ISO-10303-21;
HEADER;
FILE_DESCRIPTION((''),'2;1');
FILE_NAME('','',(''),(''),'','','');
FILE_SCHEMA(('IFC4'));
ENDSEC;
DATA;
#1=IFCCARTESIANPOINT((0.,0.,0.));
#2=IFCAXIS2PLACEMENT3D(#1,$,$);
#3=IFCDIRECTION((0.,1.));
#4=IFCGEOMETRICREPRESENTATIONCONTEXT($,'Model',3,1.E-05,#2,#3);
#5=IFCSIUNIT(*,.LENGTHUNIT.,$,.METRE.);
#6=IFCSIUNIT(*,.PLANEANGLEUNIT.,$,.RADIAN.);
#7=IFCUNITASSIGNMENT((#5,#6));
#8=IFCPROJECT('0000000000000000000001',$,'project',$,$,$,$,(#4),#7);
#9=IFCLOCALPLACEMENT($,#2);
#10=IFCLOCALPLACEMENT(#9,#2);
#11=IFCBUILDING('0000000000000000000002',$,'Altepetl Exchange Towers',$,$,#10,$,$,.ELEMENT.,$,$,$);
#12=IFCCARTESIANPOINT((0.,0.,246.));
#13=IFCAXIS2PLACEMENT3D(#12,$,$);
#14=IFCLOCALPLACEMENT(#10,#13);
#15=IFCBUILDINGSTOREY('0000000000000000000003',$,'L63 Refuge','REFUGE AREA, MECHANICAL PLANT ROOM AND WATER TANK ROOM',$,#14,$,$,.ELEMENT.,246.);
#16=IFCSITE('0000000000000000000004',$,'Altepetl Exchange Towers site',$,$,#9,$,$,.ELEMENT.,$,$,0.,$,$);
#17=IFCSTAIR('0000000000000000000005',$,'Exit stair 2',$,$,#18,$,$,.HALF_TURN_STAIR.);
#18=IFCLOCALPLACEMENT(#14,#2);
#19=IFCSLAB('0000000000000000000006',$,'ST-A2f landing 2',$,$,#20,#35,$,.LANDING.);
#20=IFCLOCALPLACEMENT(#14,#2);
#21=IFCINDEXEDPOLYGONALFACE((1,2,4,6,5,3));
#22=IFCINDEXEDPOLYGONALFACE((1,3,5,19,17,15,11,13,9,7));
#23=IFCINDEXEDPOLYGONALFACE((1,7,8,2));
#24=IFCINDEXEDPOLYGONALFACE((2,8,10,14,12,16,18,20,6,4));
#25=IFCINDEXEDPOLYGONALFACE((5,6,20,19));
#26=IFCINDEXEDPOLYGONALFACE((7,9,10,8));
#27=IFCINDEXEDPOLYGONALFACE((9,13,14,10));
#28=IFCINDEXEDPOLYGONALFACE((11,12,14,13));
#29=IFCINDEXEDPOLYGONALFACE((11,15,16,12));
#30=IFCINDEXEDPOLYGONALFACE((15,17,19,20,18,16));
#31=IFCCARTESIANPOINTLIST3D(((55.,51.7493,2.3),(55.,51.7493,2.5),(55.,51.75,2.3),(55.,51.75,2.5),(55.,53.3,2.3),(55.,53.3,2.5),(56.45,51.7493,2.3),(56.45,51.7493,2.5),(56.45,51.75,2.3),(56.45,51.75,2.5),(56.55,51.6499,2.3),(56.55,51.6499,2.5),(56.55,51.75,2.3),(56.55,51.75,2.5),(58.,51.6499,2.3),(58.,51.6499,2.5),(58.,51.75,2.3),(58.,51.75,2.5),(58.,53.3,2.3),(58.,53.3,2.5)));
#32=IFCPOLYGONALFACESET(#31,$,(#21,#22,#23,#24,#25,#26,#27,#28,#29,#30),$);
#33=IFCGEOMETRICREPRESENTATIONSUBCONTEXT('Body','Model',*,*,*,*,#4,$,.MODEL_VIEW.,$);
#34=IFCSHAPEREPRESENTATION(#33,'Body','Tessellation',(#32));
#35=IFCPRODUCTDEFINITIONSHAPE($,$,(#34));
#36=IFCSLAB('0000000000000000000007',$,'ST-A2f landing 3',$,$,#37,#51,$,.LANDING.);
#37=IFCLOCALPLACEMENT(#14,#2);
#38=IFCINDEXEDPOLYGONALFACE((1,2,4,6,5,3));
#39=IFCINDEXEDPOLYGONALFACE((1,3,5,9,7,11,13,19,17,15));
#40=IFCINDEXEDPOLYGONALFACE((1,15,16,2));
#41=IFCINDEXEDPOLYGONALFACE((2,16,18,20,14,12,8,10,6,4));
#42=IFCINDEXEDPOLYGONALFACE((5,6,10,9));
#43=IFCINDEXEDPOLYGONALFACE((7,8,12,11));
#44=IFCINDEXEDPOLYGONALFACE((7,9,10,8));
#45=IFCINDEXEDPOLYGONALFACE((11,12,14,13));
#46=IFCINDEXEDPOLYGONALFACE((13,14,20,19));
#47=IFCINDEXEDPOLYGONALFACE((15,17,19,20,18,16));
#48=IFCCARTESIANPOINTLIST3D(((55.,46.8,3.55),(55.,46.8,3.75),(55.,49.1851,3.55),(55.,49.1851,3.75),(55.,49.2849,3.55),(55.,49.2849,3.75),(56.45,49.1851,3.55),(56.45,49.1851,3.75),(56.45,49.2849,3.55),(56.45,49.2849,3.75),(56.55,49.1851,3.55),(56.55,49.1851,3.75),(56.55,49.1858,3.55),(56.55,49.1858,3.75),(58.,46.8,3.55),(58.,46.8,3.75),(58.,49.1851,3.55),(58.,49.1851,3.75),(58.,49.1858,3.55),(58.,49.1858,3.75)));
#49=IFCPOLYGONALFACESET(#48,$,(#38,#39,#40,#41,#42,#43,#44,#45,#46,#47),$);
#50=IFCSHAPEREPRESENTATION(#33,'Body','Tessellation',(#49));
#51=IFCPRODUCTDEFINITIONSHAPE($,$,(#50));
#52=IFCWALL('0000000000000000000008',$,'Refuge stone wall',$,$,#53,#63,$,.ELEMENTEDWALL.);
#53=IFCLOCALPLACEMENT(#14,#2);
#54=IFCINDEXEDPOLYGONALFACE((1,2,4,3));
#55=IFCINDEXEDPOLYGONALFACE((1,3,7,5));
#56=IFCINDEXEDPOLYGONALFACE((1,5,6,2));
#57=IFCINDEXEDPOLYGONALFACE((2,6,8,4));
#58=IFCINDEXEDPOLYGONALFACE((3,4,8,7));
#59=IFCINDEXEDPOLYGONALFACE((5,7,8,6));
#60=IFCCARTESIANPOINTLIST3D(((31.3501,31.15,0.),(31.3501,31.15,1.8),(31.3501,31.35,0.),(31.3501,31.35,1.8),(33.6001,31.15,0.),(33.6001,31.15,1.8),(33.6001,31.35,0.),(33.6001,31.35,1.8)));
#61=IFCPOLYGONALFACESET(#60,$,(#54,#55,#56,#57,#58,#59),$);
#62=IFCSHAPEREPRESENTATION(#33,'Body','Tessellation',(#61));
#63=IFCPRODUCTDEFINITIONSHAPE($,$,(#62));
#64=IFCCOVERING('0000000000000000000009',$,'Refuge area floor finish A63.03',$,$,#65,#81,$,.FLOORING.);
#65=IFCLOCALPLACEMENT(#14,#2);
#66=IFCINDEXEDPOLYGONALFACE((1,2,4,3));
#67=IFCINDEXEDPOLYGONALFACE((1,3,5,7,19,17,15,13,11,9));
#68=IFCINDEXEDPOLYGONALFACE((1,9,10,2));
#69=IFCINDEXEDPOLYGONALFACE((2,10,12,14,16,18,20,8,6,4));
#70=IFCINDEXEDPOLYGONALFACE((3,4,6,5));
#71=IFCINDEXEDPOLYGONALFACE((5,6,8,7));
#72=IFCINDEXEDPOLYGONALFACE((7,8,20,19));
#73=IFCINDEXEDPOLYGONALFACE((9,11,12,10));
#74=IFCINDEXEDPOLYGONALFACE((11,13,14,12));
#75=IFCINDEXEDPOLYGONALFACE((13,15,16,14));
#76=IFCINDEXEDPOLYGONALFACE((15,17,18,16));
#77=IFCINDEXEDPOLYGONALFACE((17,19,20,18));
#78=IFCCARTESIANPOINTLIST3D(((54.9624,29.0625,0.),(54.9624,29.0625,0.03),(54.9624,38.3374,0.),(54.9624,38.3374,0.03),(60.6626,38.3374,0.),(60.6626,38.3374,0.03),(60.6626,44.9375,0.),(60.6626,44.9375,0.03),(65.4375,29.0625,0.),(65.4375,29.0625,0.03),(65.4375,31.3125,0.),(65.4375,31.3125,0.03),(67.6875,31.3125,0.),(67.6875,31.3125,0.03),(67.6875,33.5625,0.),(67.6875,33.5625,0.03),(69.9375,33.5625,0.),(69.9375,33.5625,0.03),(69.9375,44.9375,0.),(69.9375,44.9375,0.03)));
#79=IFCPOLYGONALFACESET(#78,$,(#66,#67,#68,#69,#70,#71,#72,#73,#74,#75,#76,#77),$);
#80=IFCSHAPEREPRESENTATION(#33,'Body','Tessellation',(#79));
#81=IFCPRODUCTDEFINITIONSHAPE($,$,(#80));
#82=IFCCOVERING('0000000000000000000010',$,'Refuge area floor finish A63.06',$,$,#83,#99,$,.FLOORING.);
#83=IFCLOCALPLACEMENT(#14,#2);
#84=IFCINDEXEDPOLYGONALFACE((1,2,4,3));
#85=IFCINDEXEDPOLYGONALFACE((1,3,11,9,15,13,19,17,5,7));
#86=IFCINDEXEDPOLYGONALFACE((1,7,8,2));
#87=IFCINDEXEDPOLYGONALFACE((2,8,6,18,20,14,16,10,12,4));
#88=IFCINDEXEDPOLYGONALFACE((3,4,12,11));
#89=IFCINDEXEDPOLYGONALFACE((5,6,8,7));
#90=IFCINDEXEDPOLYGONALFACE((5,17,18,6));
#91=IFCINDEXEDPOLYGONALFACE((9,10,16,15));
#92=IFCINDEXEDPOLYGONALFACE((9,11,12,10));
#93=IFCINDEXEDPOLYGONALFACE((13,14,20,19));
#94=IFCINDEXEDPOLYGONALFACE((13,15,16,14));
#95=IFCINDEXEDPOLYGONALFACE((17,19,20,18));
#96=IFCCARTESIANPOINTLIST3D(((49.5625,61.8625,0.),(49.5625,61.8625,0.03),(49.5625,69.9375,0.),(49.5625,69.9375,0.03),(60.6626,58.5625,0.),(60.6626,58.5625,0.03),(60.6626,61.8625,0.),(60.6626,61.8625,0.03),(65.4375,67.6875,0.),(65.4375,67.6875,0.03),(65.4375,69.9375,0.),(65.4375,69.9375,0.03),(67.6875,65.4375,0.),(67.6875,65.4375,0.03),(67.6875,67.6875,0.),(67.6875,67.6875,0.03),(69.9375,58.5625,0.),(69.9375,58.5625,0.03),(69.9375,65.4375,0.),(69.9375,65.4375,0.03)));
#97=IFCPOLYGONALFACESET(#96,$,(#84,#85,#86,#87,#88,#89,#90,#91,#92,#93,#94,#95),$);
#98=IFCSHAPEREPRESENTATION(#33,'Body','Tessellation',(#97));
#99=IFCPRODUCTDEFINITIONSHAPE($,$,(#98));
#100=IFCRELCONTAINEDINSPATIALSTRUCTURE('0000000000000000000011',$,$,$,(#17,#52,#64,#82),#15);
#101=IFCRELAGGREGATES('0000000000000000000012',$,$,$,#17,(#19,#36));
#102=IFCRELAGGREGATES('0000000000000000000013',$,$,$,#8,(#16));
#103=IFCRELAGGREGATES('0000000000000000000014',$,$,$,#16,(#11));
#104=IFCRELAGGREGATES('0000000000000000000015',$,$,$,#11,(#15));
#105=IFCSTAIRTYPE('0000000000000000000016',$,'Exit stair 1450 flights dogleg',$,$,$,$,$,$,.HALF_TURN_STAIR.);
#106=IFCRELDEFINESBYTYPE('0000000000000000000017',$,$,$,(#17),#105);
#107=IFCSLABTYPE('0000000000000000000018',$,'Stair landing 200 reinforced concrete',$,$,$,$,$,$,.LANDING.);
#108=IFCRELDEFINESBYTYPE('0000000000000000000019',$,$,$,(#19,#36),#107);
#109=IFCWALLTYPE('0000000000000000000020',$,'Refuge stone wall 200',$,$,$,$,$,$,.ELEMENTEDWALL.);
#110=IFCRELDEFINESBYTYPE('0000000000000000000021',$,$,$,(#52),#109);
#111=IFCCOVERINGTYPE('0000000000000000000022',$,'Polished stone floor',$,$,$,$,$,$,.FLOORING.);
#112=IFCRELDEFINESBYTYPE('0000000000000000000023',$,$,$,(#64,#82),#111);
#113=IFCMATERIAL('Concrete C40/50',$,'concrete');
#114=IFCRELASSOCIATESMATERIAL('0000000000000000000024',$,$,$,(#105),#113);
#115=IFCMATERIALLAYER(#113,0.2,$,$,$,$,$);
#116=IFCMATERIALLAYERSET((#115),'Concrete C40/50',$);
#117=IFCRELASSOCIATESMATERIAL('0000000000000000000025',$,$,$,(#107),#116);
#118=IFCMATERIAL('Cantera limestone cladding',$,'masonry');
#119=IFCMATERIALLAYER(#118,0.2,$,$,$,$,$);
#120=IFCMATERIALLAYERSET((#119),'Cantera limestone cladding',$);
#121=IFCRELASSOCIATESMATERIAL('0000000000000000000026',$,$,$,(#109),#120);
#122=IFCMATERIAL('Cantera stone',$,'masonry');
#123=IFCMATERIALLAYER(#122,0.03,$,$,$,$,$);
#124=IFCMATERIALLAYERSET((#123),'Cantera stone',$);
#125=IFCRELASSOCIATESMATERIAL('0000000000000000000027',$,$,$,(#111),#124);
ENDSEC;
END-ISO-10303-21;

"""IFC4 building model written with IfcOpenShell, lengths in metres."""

from ifc_helpers import new_model, si_unit, direction, frame, frame_2d, origin, place, context, subcontext, project, spatial, polyline, rectangle, outline, extrude, material, layer, layer_set, type_object, element, aggregate, save


model = new_model("IFC4")

# Units and contexts
model_context = context("Model", 3, precision=1e-05, world=origin(), true_north=direction((0.0, 1.0)))
body_context = subcontext(model_context, "Body", "Model", "MODEL_VIEW")
ifc_project = project(units=[si_unit("LENGTHUNIT", "METRE"), si_unit("PLANEANGLEUNIT", "RADIAN")], contexts=[model_context])

# Site, building, storey
site_placement = place(None, origin())
site = spatial("IfcSite", under=ifc_project, at=site_placement, Name="Altepetl Exchange Towers site", CompositionType="ELEMENT", RefElevation=0.0)
building_placement = place(site_placement, origin())
building = spatial("IfcBuilding", under=site, at=building_placement, Name="Altepetl Exchange Towers", CompositionType="ELEMENT")
storey_placement = place(building_placement, frame((0.0, 0.0, 246.0)))
storey = spatial("IfcBuildingStorey", under=building, at=storey_placement, Name="L63 Refuge", Description="REFUGE AREA, MECHANICAL PLANT ROOM AND WATER TANK ROOM", CompositionType="ELEMENT", Elevation=246.0)

# Shared definitions
ifc_material_1 = material(Name="Concrete C40/50", Category="concrete")

# Stair, slabs
stair_type = type_object("IfcStairType", Name="Exit stair 1450 flights dogleg", PredefinedType="HALF_TURN_STAIR", material=ifc_material_1)
ifc_layer_1 = layer(ifc_material_1, 0.2)
ifc_layer_set_1 = layer_set([ifc_layer_1], Name="Concrete C40/50")
slab_type_1 = type_object("IfcSlabType", Name="Stair landing 200 reinforced concrete", PredefinedType="LANDING", material=ifc_layer_set_1)
stair_1_placement = place(storey_placement, origin())
stair_1 = element("IfcStair", 1, at=stair_1_placement, inside=storey, type_object=stair_type, Name="Exit stair 2", PredefinedType="HALF_TURN_STAIR")
slab_1_placement = place(storey_placement, frame((0.0, 0.0, 2.3)))
slab_1 = element("IfcSlab", 2, at=slab_1_placement, type_object=slab_type_1, Name="ST-A2f landing 2", PredefinedType="LANDING", context=body_context, shape_type="SweptSolid", body=[
    extrude(outline(polyline([(58.0, 51.6499), (56.55, 51.6499), (56.55, 51.75), (56.45, 51.75), (56.45, 51.7493), (55.0, 51.7493), (55.0, 51.75), (55.0, 53.3), (58.0, 53.3), (58.0, 51.75), (58.0, 51.6499)])), origin(), (0.0, 0.0, 1.0), 0.2),
])
slab_2_placement = place(storey_placement, frame((0.0, 0.0, 3.55)))
slab_2 = element("IfcSlab", 3, at=slab_2_placement, type_object=slab_type_1, Name="ST-A2f landing 3", PredefinedType="LANDING", context=body_context, shape_type="SweptSolid", body=[
    extrude(outline(polyline([(58.0, 46.8), (55.0, 46.8), (55.0, 49.1851), (55.0, 49.2849), (56.45, 49.2849), (56.45, 49.1851), (56.55, 49.1851), (56.55, 49.1858), (58.0, 49.1858), (58.0, 49.1851), (58.0, 46.8)])), origin(), (0.0, 0.0, 1.0), 0.2),
])
aggregate(stair_1, [slab_1, slab_2])

# Wall
ifc_material_2 = material(Name="Cantera limestone cladding", Category="masonry")
ifc_layer_2 = layer(ifc_material_2, 0.2)
ifc_layer_set_2 = layer_set([ifc_layer_2], Name="Cantera limestone cladding")
wall_type = type_object("IfcWallType", Name="Refuge stone wall 200", PredefinedType="ELEMENTEDWALL", material=ifc_layer_set_2)
wall_placement = place(storey_placement, frame((31.3501, 31.25, 0.0)))
element("IfcWall", 4, at=wall_placement, inside=storey, type_object=wall_type, Name="Refuge stone wall", PredefinedType="ELEMENTEDWALL", context=body_context, shape_type="SweptSolid", body=[
    extrude(rectangle(XDim=2.25, YDim=0.2, at=frame_2d((1.125, 0.0))), origin(), (0.0, 0.0, 1.0), 1.8),
])

# Coverings
ifc_material_3 = material(Name="Cantera stone", Category="masonry")
ifc_layer_3 = layer(ifc_material_3, 0.03)
ifc_layer_set_3 = layer_set([ifc_layer_3], Name="Cantera stone")
covering_type = type_object("IfcCoveringType", Name="Polished stone floor", PredefinedType="FLOORING", material=ifc_layer_set_3)
covering_1_placement = place(storey_placement, origin())
element("IfcCovering", 5, at=covering_1_placement, inside=storey, type_object=covering_type, Name="Refuge area floor finish A63.03", PredefinedType="FLOORING", context=body_context, shape_type="SweptSolid", body=[
    extrude(outline(polyline([(69.9375, 44.9375), (60.6626, 44.9375), (60.6626, 38.3374), (54.9624, 38.3374), (54.9624, 29.0625), (65.4375, 29.0625), (65.4375, 31.3125), (67.6875, 31.3125), (67.6875, 33.5625), (69.9375, 33.5625), (69.9375, 44.9375)])), origin(), (0.0, 0.0, 1.0), 0.03),
])
covering_2_placement = place(storey_placement, origin())
element("IfcCovering", 6, at=covering_2_placement, inside=storey, type_object=covering_type, Name="Refuge area floor finish A63.06", PredefinedType="FLOORING", context=body_context, shape_type="SweptSolid", body=[
    extrude(outline(polyline([(69.9375, 58.5625), (69.9375, 65.4375), (67.6875, 65.4375), (67.6875, 67.6875), (65.4375, 67.6875), (65.4375, 69.9375), (49.5625, 69.9375), (49.5625, 61.8625), (60.6626, 61.8625), (60.6626, 58.5625), (69.9375, 58.5625)])), origin(), (0.0, 0.0, 1.0), 0.03),
])

save(model, "model.ifc")
